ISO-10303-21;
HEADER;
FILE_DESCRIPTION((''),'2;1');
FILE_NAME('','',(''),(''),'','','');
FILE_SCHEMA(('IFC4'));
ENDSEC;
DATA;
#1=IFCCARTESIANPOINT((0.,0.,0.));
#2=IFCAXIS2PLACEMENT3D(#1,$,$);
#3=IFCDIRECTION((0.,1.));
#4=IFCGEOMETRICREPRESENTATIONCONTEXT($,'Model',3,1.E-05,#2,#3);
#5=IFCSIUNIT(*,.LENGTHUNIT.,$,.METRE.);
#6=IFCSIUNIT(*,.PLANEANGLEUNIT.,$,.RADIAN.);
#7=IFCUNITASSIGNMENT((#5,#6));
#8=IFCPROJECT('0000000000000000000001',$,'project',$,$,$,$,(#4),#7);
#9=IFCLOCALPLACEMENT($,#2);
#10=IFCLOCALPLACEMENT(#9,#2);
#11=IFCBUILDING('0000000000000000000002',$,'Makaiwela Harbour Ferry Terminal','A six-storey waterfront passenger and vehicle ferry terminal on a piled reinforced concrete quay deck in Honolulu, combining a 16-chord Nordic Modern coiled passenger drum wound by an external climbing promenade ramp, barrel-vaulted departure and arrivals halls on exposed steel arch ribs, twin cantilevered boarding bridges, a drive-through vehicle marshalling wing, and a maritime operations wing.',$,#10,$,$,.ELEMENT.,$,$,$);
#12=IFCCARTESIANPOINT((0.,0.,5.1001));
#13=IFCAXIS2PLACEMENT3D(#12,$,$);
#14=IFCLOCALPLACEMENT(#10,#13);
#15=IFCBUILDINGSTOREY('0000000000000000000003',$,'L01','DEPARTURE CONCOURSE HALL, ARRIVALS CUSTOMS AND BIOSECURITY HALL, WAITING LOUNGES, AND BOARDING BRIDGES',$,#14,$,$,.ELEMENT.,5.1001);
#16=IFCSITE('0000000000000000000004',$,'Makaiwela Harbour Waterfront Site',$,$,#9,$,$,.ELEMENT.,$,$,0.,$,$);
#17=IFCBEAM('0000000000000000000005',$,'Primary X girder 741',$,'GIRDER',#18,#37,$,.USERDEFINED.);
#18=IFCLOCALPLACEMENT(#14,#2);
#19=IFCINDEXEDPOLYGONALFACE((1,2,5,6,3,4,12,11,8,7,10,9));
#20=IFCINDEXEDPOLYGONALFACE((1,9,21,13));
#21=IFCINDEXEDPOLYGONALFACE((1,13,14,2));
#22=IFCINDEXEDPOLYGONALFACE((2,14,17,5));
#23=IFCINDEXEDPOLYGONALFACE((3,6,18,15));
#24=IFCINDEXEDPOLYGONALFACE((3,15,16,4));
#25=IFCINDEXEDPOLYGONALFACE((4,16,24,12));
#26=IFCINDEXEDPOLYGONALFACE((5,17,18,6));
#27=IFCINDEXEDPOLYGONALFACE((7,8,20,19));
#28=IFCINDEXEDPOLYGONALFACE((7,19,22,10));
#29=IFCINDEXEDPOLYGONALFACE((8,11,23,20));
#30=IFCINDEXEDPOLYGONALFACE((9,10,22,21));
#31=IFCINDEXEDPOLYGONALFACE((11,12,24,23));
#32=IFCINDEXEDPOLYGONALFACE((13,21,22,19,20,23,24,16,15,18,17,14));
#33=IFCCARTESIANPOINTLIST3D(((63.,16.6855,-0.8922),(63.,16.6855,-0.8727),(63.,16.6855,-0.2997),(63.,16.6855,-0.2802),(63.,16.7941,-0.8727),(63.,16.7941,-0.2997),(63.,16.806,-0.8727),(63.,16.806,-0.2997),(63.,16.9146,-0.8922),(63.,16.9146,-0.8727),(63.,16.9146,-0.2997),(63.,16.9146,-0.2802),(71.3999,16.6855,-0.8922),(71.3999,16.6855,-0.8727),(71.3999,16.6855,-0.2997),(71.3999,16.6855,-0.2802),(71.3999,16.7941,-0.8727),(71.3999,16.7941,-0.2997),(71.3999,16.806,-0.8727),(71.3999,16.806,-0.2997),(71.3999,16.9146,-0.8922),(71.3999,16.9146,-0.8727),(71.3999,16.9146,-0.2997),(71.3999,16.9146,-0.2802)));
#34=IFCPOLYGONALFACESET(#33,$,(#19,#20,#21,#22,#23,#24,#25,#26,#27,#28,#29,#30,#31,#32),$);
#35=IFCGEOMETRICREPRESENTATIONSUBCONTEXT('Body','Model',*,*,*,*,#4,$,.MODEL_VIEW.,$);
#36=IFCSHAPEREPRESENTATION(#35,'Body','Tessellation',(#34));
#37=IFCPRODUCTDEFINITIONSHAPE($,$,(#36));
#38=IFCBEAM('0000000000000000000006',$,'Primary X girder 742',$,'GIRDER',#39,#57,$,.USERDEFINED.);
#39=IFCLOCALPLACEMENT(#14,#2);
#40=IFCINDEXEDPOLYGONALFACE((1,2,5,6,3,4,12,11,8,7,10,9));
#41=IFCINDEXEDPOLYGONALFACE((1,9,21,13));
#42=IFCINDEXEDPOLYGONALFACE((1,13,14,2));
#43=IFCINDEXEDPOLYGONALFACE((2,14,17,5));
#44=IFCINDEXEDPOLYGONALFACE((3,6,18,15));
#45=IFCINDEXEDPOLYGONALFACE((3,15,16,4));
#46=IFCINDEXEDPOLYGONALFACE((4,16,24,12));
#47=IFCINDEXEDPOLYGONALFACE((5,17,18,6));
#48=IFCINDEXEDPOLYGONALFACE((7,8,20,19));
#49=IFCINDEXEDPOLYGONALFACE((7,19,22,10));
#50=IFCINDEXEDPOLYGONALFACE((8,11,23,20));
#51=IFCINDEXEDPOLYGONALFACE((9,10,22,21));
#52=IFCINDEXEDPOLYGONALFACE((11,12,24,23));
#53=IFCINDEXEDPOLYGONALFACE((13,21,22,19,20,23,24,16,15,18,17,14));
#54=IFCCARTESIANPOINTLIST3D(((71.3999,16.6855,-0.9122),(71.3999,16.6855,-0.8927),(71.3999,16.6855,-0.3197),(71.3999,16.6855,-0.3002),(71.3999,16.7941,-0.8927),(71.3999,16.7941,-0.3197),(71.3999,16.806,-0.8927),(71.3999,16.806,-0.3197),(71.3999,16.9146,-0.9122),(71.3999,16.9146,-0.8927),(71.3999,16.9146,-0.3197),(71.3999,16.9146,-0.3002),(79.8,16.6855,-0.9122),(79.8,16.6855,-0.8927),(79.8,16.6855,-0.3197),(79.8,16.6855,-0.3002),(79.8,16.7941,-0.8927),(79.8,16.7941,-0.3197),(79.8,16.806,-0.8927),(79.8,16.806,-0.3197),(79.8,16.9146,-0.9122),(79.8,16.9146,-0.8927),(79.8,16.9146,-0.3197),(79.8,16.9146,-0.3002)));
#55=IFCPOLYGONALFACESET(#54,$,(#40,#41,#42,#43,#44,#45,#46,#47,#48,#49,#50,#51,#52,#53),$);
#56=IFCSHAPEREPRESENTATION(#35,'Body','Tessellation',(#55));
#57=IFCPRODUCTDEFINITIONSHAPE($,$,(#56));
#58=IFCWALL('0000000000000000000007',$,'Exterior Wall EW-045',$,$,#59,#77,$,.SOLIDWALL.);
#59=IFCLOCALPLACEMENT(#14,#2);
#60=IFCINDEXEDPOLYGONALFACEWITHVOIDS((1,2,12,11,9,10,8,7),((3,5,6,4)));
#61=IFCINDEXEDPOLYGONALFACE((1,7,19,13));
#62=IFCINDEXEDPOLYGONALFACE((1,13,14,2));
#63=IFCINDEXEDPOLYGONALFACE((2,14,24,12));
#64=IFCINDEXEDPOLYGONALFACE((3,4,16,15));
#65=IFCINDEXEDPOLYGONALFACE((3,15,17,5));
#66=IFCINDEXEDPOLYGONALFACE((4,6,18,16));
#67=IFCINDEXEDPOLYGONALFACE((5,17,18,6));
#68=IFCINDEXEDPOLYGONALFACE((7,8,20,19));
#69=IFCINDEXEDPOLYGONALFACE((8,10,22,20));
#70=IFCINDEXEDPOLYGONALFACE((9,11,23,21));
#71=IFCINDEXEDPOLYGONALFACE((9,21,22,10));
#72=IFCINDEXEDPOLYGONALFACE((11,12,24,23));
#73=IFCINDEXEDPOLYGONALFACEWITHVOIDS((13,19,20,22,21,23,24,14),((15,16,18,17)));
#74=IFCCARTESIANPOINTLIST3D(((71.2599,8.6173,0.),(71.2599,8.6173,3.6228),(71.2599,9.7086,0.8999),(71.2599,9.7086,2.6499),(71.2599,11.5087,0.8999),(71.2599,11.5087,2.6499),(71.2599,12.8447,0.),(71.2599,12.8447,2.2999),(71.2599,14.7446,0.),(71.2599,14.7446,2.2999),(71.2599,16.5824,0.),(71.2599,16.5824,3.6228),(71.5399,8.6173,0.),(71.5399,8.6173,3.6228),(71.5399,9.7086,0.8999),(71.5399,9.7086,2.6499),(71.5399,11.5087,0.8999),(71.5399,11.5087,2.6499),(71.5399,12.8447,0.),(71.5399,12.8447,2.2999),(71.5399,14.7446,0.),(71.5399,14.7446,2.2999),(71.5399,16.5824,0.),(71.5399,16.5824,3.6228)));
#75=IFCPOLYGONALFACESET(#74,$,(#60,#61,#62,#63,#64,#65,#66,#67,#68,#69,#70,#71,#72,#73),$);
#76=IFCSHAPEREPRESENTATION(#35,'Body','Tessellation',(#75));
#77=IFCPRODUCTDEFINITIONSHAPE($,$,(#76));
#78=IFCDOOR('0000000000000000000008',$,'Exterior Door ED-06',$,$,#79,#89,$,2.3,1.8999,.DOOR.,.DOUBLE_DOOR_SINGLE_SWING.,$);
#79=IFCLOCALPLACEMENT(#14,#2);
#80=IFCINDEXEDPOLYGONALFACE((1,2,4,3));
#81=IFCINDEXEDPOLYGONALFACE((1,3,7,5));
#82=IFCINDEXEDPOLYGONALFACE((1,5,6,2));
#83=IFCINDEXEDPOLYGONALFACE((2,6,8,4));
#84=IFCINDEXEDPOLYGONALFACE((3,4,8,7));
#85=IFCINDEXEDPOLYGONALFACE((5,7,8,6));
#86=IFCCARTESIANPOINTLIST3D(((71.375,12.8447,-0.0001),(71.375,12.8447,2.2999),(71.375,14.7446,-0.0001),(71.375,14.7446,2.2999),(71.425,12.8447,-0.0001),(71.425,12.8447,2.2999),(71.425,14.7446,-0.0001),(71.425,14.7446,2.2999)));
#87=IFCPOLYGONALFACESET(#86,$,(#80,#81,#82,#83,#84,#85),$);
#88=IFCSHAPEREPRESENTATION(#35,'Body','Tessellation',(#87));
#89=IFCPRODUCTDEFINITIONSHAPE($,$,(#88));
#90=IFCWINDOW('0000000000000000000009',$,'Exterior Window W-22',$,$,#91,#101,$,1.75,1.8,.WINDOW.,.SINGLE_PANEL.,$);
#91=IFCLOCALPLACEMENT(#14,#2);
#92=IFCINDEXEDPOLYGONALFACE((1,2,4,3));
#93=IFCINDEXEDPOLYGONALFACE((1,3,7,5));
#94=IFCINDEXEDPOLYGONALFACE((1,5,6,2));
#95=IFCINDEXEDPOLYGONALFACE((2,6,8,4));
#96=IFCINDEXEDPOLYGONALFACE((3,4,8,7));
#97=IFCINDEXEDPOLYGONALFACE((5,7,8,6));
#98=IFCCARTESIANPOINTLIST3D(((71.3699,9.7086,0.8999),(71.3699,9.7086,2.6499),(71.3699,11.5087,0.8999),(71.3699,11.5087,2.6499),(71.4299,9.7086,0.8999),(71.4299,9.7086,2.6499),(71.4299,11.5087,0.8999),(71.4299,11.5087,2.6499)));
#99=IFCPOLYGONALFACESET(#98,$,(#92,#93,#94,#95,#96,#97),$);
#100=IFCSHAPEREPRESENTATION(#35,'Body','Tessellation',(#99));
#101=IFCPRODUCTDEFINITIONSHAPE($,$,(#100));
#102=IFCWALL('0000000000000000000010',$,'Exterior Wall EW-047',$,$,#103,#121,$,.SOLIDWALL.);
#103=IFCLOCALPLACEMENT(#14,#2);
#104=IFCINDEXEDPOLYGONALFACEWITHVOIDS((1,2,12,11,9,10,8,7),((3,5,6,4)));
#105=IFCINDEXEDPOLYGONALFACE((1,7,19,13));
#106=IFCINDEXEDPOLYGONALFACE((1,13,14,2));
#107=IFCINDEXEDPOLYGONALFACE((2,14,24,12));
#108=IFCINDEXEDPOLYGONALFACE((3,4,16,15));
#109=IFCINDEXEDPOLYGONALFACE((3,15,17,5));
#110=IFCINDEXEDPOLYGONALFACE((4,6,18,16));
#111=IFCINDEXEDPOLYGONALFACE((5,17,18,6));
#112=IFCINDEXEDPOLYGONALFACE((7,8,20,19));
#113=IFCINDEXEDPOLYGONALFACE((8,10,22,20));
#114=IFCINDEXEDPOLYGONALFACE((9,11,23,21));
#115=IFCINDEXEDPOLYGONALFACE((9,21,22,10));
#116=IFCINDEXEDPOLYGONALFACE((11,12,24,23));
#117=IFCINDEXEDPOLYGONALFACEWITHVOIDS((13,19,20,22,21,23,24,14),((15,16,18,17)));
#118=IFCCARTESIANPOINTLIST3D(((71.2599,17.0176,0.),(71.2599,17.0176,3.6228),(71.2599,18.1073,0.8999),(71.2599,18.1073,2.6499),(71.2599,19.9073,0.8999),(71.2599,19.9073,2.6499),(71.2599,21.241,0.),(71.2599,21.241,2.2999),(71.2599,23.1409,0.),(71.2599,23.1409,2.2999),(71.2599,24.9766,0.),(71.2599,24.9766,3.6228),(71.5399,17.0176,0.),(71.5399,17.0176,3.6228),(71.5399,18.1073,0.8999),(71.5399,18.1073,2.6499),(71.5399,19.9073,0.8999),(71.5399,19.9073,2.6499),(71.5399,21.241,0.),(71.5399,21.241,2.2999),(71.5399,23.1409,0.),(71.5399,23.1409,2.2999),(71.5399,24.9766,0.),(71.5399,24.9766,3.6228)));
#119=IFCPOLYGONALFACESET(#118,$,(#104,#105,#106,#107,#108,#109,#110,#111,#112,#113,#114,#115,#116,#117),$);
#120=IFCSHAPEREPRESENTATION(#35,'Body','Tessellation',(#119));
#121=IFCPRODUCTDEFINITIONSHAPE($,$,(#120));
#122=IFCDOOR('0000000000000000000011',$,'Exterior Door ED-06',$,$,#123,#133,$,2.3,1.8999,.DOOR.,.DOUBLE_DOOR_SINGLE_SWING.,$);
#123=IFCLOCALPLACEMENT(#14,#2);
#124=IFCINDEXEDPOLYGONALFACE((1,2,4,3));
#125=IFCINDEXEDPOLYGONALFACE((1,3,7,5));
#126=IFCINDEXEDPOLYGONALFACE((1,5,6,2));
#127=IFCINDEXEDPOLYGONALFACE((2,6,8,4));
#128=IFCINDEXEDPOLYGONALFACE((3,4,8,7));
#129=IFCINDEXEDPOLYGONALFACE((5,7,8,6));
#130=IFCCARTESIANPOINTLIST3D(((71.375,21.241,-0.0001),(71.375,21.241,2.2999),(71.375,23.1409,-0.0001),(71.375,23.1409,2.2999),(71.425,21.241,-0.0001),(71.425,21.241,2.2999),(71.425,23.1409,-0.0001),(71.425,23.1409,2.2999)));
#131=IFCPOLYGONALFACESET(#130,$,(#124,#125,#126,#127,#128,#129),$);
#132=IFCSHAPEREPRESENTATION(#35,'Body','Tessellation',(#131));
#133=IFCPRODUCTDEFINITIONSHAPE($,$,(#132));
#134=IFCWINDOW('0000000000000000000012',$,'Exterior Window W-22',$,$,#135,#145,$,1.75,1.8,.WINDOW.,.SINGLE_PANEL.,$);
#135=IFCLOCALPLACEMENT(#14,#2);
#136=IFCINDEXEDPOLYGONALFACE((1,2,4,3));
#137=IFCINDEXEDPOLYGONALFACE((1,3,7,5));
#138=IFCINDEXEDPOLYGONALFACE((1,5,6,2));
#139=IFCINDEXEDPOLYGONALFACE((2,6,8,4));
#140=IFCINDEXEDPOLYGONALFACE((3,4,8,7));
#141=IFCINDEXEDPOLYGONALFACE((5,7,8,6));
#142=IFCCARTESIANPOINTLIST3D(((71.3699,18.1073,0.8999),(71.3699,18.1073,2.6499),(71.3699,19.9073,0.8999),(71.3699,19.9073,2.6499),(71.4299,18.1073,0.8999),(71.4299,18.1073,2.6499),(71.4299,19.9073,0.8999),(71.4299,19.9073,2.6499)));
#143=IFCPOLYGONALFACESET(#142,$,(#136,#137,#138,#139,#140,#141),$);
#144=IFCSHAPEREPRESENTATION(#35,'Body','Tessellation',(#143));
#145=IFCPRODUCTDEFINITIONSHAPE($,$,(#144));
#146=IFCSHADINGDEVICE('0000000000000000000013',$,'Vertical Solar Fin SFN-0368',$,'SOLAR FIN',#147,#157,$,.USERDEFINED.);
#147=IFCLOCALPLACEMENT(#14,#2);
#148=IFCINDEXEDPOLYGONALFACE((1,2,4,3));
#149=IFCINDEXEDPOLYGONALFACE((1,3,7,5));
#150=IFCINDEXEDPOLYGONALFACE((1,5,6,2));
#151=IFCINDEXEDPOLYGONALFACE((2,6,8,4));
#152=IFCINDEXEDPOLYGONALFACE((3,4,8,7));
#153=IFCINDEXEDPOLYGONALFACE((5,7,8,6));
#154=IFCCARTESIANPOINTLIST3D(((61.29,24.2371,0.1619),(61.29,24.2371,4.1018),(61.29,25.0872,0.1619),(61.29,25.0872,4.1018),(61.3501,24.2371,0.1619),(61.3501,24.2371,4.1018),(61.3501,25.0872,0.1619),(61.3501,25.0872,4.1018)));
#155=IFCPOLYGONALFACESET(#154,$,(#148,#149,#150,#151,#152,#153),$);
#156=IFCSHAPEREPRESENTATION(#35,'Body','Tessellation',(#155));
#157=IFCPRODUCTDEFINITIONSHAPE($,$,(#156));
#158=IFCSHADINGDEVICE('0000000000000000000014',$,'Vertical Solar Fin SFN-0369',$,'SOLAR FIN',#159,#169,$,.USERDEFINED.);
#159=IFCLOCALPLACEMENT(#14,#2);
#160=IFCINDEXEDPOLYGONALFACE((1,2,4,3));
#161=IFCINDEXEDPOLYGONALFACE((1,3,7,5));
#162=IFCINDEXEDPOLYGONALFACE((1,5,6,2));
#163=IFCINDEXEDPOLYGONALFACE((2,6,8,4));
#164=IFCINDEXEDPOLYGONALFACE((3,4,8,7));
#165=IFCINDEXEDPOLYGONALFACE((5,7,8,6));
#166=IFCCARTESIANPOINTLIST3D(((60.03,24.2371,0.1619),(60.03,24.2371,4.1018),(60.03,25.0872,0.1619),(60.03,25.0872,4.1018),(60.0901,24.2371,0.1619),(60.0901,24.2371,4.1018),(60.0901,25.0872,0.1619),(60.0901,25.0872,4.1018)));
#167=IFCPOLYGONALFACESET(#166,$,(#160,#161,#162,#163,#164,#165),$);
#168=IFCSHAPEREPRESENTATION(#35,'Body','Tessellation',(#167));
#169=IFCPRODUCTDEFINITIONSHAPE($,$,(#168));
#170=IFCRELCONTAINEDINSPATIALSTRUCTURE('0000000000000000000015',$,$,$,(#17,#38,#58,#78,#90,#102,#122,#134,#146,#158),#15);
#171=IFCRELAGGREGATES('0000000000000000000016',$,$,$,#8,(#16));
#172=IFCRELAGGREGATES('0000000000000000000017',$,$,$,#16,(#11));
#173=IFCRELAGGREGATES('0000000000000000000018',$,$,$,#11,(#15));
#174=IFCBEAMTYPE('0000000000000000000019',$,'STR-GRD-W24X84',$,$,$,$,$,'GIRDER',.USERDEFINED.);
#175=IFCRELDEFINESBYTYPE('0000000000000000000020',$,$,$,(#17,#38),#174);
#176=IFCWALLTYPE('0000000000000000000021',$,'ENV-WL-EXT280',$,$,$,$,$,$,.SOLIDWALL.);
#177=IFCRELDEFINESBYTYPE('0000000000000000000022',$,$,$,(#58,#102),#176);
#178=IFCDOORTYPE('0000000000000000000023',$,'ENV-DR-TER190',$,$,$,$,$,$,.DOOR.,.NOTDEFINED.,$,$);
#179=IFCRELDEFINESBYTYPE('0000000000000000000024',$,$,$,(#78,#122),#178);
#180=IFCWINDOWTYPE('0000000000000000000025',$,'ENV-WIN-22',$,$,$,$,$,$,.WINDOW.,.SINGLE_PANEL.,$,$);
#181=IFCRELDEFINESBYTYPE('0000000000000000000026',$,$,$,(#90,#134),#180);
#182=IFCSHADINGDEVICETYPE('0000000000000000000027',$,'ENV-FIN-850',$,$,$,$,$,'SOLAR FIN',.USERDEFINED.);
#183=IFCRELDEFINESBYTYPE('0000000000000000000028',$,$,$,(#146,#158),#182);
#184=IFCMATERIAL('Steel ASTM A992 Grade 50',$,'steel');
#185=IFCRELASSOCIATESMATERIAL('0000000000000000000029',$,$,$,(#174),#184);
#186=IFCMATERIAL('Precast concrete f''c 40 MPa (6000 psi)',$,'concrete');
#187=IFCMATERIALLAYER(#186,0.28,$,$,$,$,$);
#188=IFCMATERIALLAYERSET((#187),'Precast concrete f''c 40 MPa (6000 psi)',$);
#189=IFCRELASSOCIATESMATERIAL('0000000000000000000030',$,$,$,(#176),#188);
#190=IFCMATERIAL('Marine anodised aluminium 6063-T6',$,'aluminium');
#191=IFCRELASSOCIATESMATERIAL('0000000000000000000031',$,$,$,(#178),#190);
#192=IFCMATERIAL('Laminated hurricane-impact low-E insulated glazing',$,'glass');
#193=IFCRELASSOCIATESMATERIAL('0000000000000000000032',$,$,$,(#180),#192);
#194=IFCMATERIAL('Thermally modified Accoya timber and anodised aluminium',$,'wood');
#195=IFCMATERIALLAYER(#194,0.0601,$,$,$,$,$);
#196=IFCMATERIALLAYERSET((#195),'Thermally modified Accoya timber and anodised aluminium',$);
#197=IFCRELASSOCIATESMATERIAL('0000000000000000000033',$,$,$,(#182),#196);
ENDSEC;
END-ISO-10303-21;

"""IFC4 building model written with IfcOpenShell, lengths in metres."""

from ifc_helpers import new_model, si_unit, direction, frame, frame_2d, origin, origin_2d, place, context, subcontext, project, spatial, rectangle, i_section, extrude, material, layer, layer_set, material_profile, profile_set, type_object, element, fill, save


model = new_model("IFC4")

# Units and contexts
model_context = context("Model", 3, precision=1e-05, world=origin(), true_north=direction((0.0, 1.0)))
body_context = subcontext(model_context, "Body", "Model", "MODEL_VIEW")
ifc_project = project(units=[si_unit("LENGTHUNIT", "METRE"), si_unit("PLANEANGLEUNIT", "RADIAN")], contexts=[model_context])

# Site, building, storey
site_placement = place(None, origin())
site = spatial("IfcSite", under=ifc_project, at=site_placement, Name="Makaiwela Harbour Waterfront Site", CompositionType="ELEMENT", RefElevation=0.0)
building_placement = place(site_placement, origin())
building = spatial("IfcBuilding", under=site, at=building_placement, Name="Makaiwela Harbour Ferry Terminal", Description="A six-storey waterfront passenger and vehicle ferry terminal on a piled reinforced concrete quay deck in Honolulu, combining a 16-chord Nordic Modern coiled passenger drum wound by an external climbing promenade ramp, barrel-vaulted departure and arrivals halls on exposed steel arch ribs, twin cantilevered boarding bridges, a drive-through vehicle marshalling wing, and a maritime operations wing.", CompositionType="ELEMENT")
storey_placement = place(building_placement, frame((0.0, 0.0, 5.1001)))
storey = spatial("IfcBuildingStorey", under=building, at=storey_placement, Name="L01", Description="DEPARTURE CONCOURSE HALL, ARRIVALS CUSTOMS AND BIOSECURITY HALL, WAITING LOUNGES, AND BOARDING BRIDGES", CompositionType="ELEMENT", Elevation=5.1001)

# Shared definitions
ifc_material_1 = material(Name="Steel ASTM A992 Grade 50", Category="steel")

# Shared definitions
ifc_material_2 = material(Name="Marine anodised aluminium 6063-T6", Category="aluminium")

# Beams
ifc_material_profile_1 = material_profile(ifc_material_1, i_section(OverallWidth=0.229, OverallDepth=0.6121, WebThickness=0.012, FlangeThickness=0.0195, at=origin_2d()), Name="W24X84")
ifc_profile_set_1 = profile_set([ifc_material_profile_1], Name="Steel ASTM A992 Grade 50")
beam_type_1 = type_object("IfcBeamType", Name="STR-GRD-W24X84", ElementType="GIRDER", PredefinedType="USERDEFINED", material=ifc_profile_set_1)
beam_1_placement = place(storey_placement, frame((63.0, 16.8, -0.5862), z_axis=(1.0, 0.0, 0.0), x_axis=(0.0, 1.0, 0.0)))
element("IfcBeam", 1, at=beam_1_placement, inside=storey, type_object=beam_type_1, Name="Primary X girder 741", ObjectType="GIRDER", PredefinedType="USERDEFINED", context=body_context, shape_type="SweptSolid", body=[
    extrude(i_section(OverallWidth=0.229, OverallDepth=0.6121, WebThickness=0.012, FlangeThickness=0.0195, at=origin_2d()), origin(), (0.0, 0.0, 1.0), 8.3999),
])
beam_2_placement = place(storey_placement, frame((71.3999, 16.8, -0.6062), z_axis=(1.0, 0.0, 0.0), x_axis=(0.0, 1.0, 0.0)))
element("IfcBeam", 2, at=beam_2_placement, inside=storey, type_object=beam_type_1, Name="Primary X girder 742", ObjectType="GIRDER", PredefinedType="USERDEFINED", context=body_context, shape_type="SweptSolid", body=[
    extrude(i_section(OverallWidth=0.229, OverallDepth=0.6121, WebThickness=0.012, FlangeThickness=0.0195, at=origin_2d()), origin(), (0.0, 0.0, 1.0), 8.4001),
])

# Walls, openings, doors, windows
ifc_material_3 = material(Name="Precast concrete f'c 40 MPa (6000 psi)", Category="concrete")
ifc_layer_1 = layer(ifc_material_3, 0.28)
ifc_layer_set_1 = layer_set([ifc_layer_1], Name="Precast concrete f'c 40 MPa (6000 psi)")
wall_type = type_object("IfcWallType", Name="ENV-WL-EXT280", PredefinedType="SOLIDWALL", material=ifc_layer_set_1)
wall_1_placement = place(storey_placement, frame((71.3999, 8.6174, 0.0), z_axis=(0.0, 0.0, 1.0), x_axis=(0.0, 1.0, 0.0)))
wall_1 = element("IfcWall", 3, at=wall_1_placement, inside=storey, type_object=wall_type, Name="Exterior Wall EW-045", PredefinedType="SOLIDWALL", context=body_context, shape_type="SweptSolid", body=[
    extrude(rectangle(XDim=7.9651, YDim=0.28, at=frame_2d((3.9824, 0.0))), origin(), (0.0, 0.0, 1.0), 3.6228),
])
opening_1_placement = place(wall_1_placement, frame((4.2273, 0.0, 0.0)))
opening_1 = element("IfcOpeningElement", 4, at=opening_1_placement, cuts=wall_1, PredefinedType="OPENING", context=body_context, shape_type="SweptSolid", body=[
    extrude(rectangle(XDim=1.8999, YDim=2.3, at=frame_2d((0.95, 1.1499))), frame((0.0, 0.1499, 0.0), z_axis=(0.0, -1.0, 0.0), x_axis=(1.0, 0.0, 0.0)), (0.0, 0.0, 1.0), 0.3),
])
opening_2_placement = place(wall_1_placement, frame((1.0913, 0.0, 0.8999)))
opening_2 = element("IfcOpeningElement", 5, at=opening_2_placement, cuts=wall_1, PredefinedType="OPENING", context=body_context, shape_type="SweptSolid", body=[
    extrude(rectangle(XDim=1.8, YDim=1.75, at=frame_2d((0.8999, 0.875))), frame((0.0, 0.1499, 0.0), z_axis=(0.0, -1.0, 0.0), x_axis=(1.0, 0.0, 0.0)), (0.0, 0.0, 1.0), 0.3),
])
door_type = type_object("IfcDoorType", Name="ENV-DR-TER190", OperationType="NOTDEFINED", PredefinedType="DOOR", material=ifc_material_2)
door_1_placement = place(opening_1_placement, origin())
door_1 = element("IfcDoor", 6, at=door_1_placement, inside=storey, type_object=door_type, Name="Exterior Door ED-06", OperationType="DOUBLE_DOOR_SINGLE_SWING", OverallHeight=2.3, OverallWidth=1.8999, PredefinedType="DOOR", context=body_context, shape_type="SweptSolid", body=[
    extrude(rectangle(XDim=1.8999, YDim=2.3, at=frame_2d((0.95, 1.1499))), frame((0.0, 0.0249, 0.0), z_axis=(0.0, -1.0, 0.0), x_axis=(1.0, 0.0, 0.0)), (0.0, 0.0, 1.0), 0.05),
])
fill(opening_1, door_1)
ifc_material_4 = material(Name="Laminated hurricane-impact low-E insulated glazing", Category="glass")
window_type = type_object("IfcWindowType", Name="ENV-WIN-22", PartitioningType="SINGLE_PANEL", PredefinedType="WINDOW", material=ifc_material_4)
window_1_placement = place(opening_2_placement, origin())
window_1 = element("IfcWindow", 7, at=window_1_placement, inside=storey, type_object=window_type, Name="Exterior Window W-22", OverallHeight=1.75, OverallWidth=1.8, PartitioningType="SINGLE_PANEL", PredefinedType="WINDOW", context=body_context, shape_type="SweptSolid", body=[
    extrude(rectangle(XDim=1.8, YDim=1.75, at=frame_2d((0.8999, 0.875))), frame((0.0, 0.03, 0.0), z_axis=(0.0, -1.0, 0.0), x_axis=(1.0, 0.0, 0.0)), (0.0, 0.0, 1.0), 0.0601),
])
fill(opening_2, window_1)
wall_2_placement = place(storey_placement, frame((71.3999, 17.0176, 0.0), z_axis=(0.0, 0.0, 1.0), x_axis=(0.0, 1.0, 0.0)))
wall_2 = element("IfcWall", 8, at=wall_2_placement, inside=storey, type_object=wall_type, Name="Exterior Wall EW-047", PredefinedType="SOLIDWALL", context=body_context, shape_type="SweptSolid", body=[
    extrude(rectangle(XDim=7.959, YDim=0.28, at=frame_2d((3.9795, 0.0))), origin(), (0.0, 0.0, 1.0), 3.6228),
])
opening_3_placement = place(wall_2_placement, frame((4.2234, 0.0, 0.0)))
opening_3 = element("IfcOpeningElement", 9, at=opening_3_placement, cuts=wall_2, PredefinedType="OPENING", context=body_context, shape_type="SweptSolid", body=[
    extrude(rectangle(XDim=1.8999, YDim=2.3, at=frame_2d((0.95, 1.1499))), frame((0.0, 0.1499, 0.0), z_axis=(0.0, -1.0, 0.0), x_axis=(1.0, 0.0, 0.0)), (0.0, 0.0, 1.0), 0.3),
])
opening_4_placement = place(wall_2_placement, frame((1.0898, 0.0, 0.8999)))
opening_4 = element("IfcOpeningElement", 10, at=opening_4_placement, cuts=wall_2, PredefinedType="OPENING", context=body_context, shape_type="SweptSolid", body=[
    extrude(rectangle(XDim=1.8, YDim=1.75, at=frame_2d((0.8999, 0.875))), frame((0.0, 0.1499, 0.0), z_axis=(0.0, -1.0, 0.0), x_axis=(1.0, 0.0, 0.0)), (0.0, 0.0, 1.0), 0.3),
])
door_2_placement = place(opening_3_placement, origin())
door_2 = element("IfcDoor", 11, at=door_2_placement, inside=storey, type_object=door_type, Name="Exterior Door ED-06", OperationType="DOUBLE_DOOR_SINGLE_SWING", OverallHeight=2.3, OverallWidth=1.8999, PredefinedType="DOOR", context=body_context, shape_type="SweptSolid", body=[
    extrude(rectangle(XDim=1.8999, YDim=2.3, at=frame_2d((0.95, 1.1499))), frame((0.0, 0.0249, 0.0), z_axis=(0.0, -1.0, 0.0), x_axis=(1.0, 0.0, 0.0)), (0.0, 0.0, 1.0), 0.05),
])
fill(opening_3, door_2)
window_2_placement = place(opening_4_placement, origin())
window_2 = element("IfcWindow", 12, at=window_2_placement, inside=storey, type_object=window_type, Name="Exterior Window W-22", OverallHeight=1.75, OverallWidth=1.8, PartitioningType="SINGLE_PANEL", PredefinedType="WINDOW", context=body_context, shape_type="SweptSolid", body=[
    extrude(rectangle(XDim=1.8, YDim=1.75, at=frame_2d((0.8999, 0.875))), frame((0.0, 0.03, 0.0), z_axis=(0.0, -1.0, 0.0), x_axis=(1.0, 0.0, 0.0)), (0.0, 0.0, 1.0), 0.0601),
])
fill(opening_4, window_2)

# Shading devices
ifc_material_5 = material(Name="Thermally modified Accoya timber and anodised aluminium", Category="wood")
ifc_layer_2 = layer(ifc_material_5, 0.0601)
ifc_layer_set_2 = layer_set([ifc_layer_2], Name="Thermally modified Accoya timber and anodised aluminium")
shading_device_type = type_object("IfcShadingDeviceType", Name="ENV-FIN-850", ElementType="SOLAR FIN", PredefinedType="USERDEFINED", material=ifc_layer_set_2)
for number, where, z_axis, x_axis, name in (
    (13, (61.3201, 24.6621, 0.1619), (0.0, 0.0, 1.0), (0.0, -1.0, 0.0), "Vertical Solar Fin SFN-0368"),
    (14, (60.0601, 24.6621, 0.1619), (0.0, 0.0, 1.0), (0.0, -1.0, 0.0), "Vertical Solar Fin SFN-0369"),
):
    element("IfcShadingDevice", number, at=place(storey_placement, frame(where, z_axis=z_axis, x_axis=x_axis)), inside=storey, type_object=shading_device_type, Name=name, ObjectType="SOLAR FIN", PredefinedType="USERDEFINED", context=body_context, shape_type="SweptSolid", body=[
        extrude(rectangle(XDim=0.8501, YDim=0.0601, at=origin_2d()), origin(), (0.0, 0.0, 1.0), 3.9399),
    ])

save(model, "model.ifc")
